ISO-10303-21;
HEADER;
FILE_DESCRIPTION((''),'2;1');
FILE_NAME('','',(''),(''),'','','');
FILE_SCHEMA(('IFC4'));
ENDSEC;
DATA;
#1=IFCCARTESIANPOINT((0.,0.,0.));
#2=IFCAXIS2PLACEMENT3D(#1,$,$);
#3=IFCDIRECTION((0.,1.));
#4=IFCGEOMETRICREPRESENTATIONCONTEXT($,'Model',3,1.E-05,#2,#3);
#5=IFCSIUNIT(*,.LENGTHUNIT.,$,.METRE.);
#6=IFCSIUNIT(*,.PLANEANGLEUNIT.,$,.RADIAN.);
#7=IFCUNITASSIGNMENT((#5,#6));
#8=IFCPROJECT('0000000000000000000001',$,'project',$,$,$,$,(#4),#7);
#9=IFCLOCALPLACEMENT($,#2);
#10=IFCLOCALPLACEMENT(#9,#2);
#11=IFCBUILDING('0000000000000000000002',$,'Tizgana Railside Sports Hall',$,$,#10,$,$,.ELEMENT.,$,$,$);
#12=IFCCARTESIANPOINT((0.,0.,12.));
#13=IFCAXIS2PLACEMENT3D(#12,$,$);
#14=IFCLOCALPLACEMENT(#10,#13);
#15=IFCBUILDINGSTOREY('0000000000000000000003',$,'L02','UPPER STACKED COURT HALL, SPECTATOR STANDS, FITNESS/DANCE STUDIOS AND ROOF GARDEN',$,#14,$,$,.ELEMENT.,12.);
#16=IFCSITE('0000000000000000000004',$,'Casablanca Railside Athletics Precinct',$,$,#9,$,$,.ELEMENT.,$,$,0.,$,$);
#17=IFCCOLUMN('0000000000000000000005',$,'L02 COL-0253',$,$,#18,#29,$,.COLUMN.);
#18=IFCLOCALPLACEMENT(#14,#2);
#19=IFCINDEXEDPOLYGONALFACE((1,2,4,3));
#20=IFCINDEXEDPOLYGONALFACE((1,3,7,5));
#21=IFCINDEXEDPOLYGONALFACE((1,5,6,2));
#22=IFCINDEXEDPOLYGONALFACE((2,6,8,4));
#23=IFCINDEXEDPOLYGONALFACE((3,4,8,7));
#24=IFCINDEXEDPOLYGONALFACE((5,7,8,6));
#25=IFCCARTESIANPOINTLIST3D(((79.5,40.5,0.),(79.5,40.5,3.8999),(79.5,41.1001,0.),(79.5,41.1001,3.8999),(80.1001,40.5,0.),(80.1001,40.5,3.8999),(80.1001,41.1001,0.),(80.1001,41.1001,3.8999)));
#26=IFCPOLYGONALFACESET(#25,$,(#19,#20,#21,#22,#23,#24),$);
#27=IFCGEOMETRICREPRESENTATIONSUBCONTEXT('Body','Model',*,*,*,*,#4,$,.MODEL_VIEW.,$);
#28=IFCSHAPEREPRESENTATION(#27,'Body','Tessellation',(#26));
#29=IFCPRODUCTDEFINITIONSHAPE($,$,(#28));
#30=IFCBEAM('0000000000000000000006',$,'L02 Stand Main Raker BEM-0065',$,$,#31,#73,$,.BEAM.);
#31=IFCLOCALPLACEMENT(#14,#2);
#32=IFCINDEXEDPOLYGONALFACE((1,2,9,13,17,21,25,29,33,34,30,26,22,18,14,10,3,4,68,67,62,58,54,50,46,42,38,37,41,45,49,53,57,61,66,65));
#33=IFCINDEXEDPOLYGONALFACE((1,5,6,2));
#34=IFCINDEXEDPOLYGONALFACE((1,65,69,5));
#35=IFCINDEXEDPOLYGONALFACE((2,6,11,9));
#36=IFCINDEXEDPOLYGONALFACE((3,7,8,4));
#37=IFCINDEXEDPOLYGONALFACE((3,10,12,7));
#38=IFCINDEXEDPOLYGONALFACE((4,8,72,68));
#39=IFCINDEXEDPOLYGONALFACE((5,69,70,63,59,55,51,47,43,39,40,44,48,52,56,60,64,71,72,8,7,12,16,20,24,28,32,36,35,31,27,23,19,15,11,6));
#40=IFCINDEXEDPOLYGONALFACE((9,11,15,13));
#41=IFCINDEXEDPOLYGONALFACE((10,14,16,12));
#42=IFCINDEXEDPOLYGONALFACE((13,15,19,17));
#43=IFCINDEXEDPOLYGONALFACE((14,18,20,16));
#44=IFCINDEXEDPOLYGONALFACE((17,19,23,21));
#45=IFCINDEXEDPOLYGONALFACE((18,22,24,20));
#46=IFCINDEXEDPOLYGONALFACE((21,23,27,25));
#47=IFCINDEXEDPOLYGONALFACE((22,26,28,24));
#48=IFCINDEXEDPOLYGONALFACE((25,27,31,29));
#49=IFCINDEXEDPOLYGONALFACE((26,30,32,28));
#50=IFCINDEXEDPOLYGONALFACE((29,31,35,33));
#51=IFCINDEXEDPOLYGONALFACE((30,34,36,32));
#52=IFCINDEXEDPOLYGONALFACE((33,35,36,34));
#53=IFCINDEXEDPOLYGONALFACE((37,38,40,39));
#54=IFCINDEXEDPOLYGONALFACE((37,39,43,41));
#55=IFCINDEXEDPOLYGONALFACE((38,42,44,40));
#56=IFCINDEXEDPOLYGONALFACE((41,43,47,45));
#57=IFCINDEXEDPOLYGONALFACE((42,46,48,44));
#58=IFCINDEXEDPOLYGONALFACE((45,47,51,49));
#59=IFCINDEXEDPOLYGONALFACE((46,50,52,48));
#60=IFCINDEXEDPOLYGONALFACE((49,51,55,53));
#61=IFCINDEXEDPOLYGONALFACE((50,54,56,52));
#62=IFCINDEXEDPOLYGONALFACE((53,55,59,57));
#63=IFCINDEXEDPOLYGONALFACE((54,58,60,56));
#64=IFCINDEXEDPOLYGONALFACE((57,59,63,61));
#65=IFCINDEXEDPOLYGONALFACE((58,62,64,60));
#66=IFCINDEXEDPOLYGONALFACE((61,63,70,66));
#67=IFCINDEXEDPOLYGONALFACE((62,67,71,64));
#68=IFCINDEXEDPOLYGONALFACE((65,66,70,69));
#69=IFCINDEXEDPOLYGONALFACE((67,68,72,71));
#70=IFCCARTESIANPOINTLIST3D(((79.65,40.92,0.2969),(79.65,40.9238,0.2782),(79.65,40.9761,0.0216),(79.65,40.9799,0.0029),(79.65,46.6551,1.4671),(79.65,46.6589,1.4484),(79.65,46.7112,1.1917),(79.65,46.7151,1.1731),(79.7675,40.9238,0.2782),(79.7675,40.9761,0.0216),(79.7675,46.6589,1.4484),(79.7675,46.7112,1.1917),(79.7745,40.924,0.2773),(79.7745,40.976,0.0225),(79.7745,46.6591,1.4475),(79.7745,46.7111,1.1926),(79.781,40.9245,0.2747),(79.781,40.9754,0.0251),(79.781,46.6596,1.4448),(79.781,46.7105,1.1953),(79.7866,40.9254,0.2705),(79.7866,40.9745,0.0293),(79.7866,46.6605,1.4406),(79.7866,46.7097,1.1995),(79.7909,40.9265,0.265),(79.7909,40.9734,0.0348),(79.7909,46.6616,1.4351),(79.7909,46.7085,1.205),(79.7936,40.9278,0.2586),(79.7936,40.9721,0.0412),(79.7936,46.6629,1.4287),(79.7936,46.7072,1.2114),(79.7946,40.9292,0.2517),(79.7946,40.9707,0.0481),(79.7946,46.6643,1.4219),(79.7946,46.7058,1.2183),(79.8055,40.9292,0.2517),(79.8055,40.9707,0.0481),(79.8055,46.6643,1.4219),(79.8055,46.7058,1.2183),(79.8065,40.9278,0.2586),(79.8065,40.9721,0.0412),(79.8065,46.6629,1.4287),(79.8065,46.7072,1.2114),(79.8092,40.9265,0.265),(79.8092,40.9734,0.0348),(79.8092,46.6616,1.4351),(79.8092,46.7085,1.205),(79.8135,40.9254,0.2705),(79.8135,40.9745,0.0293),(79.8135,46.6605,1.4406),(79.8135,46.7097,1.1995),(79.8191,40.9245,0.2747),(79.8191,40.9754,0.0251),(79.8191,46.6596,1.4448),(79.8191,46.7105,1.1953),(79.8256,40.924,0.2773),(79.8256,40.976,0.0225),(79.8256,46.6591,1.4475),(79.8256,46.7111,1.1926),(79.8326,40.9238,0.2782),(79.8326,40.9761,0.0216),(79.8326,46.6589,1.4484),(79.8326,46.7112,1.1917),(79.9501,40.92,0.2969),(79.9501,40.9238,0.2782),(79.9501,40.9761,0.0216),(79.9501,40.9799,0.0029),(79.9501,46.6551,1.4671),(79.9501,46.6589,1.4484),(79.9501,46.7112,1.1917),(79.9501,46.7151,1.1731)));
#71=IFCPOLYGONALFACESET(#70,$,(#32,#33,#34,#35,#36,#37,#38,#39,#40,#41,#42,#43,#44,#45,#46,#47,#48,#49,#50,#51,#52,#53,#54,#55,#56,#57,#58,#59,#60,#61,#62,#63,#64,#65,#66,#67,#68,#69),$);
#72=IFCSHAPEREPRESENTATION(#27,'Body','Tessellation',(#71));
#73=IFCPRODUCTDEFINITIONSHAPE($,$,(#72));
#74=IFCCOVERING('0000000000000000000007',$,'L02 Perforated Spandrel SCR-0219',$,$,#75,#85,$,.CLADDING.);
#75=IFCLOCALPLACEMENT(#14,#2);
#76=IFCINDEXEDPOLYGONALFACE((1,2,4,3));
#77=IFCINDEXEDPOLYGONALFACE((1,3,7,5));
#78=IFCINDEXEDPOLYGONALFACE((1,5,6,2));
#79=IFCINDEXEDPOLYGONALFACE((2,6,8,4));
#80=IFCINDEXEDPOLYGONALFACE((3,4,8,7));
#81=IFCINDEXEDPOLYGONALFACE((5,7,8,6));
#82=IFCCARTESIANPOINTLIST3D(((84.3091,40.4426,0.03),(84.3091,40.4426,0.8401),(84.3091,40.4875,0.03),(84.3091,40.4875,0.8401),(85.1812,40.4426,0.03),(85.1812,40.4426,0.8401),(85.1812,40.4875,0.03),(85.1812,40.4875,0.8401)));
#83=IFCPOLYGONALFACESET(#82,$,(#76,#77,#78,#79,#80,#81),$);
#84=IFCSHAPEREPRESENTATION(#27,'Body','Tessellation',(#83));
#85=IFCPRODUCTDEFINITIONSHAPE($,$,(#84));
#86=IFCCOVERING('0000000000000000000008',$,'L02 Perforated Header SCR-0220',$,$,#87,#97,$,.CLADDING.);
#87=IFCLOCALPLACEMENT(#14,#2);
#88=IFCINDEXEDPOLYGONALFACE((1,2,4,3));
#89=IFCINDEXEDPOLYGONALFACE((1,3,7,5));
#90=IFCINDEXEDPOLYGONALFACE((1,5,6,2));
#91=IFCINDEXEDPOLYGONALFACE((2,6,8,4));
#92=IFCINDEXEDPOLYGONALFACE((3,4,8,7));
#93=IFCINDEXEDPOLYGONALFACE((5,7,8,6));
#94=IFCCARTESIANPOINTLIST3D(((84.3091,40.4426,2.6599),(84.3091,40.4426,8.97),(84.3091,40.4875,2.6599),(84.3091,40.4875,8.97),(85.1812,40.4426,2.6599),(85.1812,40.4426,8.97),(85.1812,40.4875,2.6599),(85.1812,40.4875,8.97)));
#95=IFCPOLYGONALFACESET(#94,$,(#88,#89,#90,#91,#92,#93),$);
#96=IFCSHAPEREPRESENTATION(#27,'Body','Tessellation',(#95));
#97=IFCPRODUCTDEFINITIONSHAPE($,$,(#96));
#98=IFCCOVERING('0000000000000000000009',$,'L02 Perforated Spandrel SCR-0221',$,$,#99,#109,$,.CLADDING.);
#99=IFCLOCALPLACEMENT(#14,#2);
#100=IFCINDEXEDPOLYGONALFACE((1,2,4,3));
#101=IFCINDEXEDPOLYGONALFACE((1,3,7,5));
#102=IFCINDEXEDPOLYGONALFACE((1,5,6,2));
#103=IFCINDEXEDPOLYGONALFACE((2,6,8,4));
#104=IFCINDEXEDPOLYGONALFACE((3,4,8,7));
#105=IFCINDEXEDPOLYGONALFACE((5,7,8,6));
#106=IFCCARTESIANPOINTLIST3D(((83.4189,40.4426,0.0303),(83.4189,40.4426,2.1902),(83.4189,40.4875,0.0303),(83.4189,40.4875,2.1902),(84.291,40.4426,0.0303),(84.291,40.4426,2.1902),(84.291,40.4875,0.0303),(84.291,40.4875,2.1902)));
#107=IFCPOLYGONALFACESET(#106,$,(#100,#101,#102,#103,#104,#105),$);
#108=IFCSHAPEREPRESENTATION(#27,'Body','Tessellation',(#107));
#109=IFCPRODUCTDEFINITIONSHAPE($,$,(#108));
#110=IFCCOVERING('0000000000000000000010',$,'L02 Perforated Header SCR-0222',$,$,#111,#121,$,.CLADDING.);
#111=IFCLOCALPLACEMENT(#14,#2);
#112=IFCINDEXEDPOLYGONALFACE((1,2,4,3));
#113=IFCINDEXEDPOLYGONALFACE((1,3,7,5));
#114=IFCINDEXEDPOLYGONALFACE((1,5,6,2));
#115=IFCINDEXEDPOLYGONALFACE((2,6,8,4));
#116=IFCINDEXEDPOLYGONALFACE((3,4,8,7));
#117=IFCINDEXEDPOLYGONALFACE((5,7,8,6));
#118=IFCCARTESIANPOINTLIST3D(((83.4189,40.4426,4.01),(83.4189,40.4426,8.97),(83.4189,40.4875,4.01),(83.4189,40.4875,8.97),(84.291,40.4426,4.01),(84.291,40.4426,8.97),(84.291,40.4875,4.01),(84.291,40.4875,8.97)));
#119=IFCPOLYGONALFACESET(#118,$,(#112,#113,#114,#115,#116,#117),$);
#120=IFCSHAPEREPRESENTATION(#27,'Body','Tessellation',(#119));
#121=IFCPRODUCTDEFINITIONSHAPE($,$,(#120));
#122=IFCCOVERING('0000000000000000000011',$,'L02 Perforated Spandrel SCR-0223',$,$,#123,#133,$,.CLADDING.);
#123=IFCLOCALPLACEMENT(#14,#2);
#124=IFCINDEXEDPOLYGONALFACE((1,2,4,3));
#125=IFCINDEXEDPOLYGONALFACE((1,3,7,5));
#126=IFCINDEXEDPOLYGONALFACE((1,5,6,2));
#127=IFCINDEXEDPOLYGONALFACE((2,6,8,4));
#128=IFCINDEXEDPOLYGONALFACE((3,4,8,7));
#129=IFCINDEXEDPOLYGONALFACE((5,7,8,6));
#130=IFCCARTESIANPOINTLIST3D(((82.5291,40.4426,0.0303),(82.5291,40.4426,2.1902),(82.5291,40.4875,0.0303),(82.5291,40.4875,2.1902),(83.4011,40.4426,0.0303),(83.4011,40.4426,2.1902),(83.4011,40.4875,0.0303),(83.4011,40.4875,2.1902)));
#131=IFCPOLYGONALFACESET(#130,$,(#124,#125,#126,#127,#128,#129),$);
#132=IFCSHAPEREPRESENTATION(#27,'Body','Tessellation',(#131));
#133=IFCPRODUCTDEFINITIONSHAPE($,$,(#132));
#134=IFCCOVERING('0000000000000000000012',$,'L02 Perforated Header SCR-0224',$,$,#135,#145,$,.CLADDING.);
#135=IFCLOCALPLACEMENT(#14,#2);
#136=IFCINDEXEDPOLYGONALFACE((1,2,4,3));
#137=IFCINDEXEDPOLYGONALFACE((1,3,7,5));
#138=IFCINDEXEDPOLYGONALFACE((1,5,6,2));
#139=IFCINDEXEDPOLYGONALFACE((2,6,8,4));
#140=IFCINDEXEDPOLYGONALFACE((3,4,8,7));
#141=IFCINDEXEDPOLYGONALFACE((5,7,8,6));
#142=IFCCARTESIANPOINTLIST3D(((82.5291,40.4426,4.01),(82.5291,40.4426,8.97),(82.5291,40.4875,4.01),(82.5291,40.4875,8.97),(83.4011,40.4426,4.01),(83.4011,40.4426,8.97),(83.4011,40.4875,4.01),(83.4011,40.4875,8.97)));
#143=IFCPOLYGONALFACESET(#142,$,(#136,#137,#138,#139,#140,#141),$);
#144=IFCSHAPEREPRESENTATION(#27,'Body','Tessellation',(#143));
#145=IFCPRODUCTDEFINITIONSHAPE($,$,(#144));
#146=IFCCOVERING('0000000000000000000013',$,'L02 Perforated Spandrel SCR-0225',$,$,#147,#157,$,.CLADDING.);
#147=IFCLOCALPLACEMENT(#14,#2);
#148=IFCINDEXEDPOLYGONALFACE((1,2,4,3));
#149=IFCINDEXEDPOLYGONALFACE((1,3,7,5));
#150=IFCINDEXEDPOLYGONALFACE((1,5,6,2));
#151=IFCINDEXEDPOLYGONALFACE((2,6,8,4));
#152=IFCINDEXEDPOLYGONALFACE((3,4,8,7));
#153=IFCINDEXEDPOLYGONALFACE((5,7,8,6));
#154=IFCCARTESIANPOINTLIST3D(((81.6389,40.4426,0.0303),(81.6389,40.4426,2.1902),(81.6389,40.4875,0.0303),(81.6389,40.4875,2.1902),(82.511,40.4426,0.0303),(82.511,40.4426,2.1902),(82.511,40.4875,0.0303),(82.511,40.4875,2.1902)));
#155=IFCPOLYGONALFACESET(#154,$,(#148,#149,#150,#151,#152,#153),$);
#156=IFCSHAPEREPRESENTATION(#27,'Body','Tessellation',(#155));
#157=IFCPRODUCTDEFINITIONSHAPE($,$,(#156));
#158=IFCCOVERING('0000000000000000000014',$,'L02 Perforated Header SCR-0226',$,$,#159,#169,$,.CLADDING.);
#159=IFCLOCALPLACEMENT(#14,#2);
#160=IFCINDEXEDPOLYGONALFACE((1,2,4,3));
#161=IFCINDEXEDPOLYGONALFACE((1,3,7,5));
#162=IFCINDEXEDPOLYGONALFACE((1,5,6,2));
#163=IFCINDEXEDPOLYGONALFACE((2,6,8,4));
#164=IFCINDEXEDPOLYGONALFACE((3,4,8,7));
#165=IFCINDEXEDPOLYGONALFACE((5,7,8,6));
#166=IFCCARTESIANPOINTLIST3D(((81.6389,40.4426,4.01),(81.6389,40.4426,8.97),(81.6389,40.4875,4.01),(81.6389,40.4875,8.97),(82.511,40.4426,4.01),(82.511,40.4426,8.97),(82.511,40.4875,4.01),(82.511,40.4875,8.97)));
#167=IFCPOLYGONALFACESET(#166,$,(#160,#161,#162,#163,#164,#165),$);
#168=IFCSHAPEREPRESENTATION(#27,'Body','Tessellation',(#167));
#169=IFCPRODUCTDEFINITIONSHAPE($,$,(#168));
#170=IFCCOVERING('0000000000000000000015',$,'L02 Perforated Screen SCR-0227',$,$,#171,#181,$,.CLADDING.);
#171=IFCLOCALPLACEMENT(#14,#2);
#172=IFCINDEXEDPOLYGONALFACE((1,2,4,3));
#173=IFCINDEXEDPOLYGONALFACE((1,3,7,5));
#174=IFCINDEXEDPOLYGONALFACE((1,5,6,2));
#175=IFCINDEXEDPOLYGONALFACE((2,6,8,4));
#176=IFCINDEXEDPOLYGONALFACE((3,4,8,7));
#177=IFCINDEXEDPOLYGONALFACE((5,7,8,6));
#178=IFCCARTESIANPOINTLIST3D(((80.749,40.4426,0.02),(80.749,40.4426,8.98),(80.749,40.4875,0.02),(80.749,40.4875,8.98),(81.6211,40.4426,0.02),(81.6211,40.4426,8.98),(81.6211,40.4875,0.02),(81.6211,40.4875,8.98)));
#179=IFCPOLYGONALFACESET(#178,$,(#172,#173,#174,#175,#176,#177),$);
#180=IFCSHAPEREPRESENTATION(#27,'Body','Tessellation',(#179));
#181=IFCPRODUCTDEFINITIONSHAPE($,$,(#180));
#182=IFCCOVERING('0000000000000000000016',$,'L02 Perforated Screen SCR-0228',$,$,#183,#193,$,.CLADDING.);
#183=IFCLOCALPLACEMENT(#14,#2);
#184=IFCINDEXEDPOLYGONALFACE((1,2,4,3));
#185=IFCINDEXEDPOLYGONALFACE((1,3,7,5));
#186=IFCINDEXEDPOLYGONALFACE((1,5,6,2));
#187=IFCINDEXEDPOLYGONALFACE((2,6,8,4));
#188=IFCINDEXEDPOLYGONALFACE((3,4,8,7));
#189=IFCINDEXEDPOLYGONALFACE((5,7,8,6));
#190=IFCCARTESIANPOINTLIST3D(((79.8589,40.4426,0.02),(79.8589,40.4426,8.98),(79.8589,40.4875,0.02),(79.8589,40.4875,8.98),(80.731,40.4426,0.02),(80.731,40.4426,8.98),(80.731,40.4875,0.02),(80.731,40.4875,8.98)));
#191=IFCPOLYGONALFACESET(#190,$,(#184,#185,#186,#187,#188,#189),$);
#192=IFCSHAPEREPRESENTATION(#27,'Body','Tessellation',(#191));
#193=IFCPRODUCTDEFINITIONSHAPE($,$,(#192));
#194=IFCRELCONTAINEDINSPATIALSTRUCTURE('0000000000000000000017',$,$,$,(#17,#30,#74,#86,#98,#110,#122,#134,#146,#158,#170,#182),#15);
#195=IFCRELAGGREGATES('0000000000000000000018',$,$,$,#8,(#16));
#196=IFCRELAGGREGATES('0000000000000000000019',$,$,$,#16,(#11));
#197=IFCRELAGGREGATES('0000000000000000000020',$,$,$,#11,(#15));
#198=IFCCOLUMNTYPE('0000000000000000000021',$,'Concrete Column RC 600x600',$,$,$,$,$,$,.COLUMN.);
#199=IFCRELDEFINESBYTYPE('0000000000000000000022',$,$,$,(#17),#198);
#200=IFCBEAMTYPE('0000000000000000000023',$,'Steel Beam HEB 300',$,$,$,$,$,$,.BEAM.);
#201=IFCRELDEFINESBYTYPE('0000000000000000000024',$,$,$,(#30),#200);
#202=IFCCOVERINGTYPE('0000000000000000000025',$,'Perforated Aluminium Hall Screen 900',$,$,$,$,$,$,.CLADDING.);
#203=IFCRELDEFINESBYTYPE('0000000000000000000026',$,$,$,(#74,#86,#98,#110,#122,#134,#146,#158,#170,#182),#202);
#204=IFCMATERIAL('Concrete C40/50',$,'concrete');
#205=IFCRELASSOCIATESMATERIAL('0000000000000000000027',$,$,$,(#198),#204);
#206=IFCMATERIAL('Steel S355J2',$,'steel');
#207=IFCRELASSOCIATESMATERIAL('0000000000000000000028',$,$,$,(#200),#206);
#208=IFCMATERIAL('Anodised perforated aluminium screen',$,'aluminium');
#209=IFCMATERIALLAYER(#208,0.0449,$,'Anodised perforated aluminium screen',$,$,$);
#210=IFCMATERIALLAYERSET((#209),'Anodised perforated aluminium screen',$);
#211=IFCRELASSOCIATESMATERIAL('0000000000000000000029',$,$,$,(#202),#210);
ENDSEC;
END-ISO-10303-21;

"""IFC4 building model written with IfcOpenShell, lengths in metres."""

from ifc_helpers import new_model, si_unit, direction, frame, origin, origin_2d, place, context, subcontext, project, spatial, rectangle, i_section, extrude, material, layer, layer_set, material_profile, profile_set, type_object, element, save


model = new_model("IFC4")

# Units and contexts
model_context = context("Model", 3, precision=1e-05, world=origin(), true_north=direction((0.0, 1.0)))
body_context = subcontext(model_context, "Body", "Model", "MODEL_VIEW")
ifc_project = project(units=[si_unit("LENGTHUNIT", "METRE"), si_unit("PLANEANGLEUNIT", "RADIAN")], contexts=[model_context])

# Site, building, storey
site_placement = place(None, origin())
site = spatial("IfcSite", under=ifc_project, at=site_placement, Name="Casablanca Railside Athletics Precinct", CompositionType="ELEMENT", RefElevation=0.0)
building_placement = place(site_placement, origin())
building = spatial("IfcBuilding", under=site, at=building_placement, Name="Tizgana Railside Sports Hall", CompositionType="ELEMENT")
storey_placement = place(building_placement, frame((0.0, 0.0, 12.0)))
storey = spatial("IfcBuildingStorey", under=building, at=storey_placement, Name="L02", Description="UPPER STACKED COURT HALL, SPECTATOR STANDS, FITNESS/DANCE STUDIOS AND ROOF GARDEN", CompositionType="ELEMENT", Elevation=12.0)

# Column
ifc_material_1 = material(Name="Concrete C40/50", Category="concrete")
ifc_material_profile_1 = material_profile(ifc_material_1, rectangle(XDim=0.6001, YDim=0.6001, at=origin_2d()), Name="RC 600x600")
ifc_profile_set_1 = profile_set([ifc_material_profile_1], Name="Concrete C40/50")
column_type = type_object("IfcColumnType", Name="Concrete Column RC 600x600", PredefinedType="COLUMN", material=ifc_profile_set_1)
column_placement = place(storey_placement, frame((79.8, 40.8, 0.0), z_axis=(0.0, 0.0, 1.0), x_axis=(1.0, 0.0, 0.0)))
element("IfcColumn", 1, at=column_placement, inside=storey, type_object=column_type, Name="L02 COL-0253", PredefinedType="COLUMN", context=body_context, shape_type="SweptSolid", body=[
    extrude(rectangle(XDim=0.6001, YDim=0.6001, at=origin_2d()), origin(), (0.0, 0.0, 1.0), 3.8999),
])

# Beam
ifc_material_2 = material(Name="Steel S355J2", Category="steel")
ifc_material_profile_2 = material_profile(ifc_material_2, i_section(OverallWidth=0.3, OverallDepth=0.3, WebThickness=0.011, FlangeThickness=0.019, FilletRadius=0.0271, at=origin_2d()), Name="HEB 300")
ifc_profile_set_2 = profile_set([ifc_material_profile_2], Name="Steel S355J2")
beam_type = type_object("IfcBeamType", Name="Steel Beam HEB 300", PredefinedType="BEAM", material=ifc_profile_set_2)
beam_placement = place(storey_placement, frame((79.8, 40.95, 0.1499), z_axis=(0.0, 0.979813, 0.199917), x_axis=(-1.0, 0.0, 0.0)))
element("IfcBeam", 2, at=beam_placement, inside=storey, type_object=beam_type, Name="L02 Stand Main Raker BEM-0065", PredefinedType="BEAM", context=body_context, shape_type="SweptSolid", body=[
    extrude(i_section(OverallWidth=0.3, OverallDepth=0.3, WebThickness=0.011, FlangeThickness=0.019, FilletRadius=0.0271, at=origin_2d()), origin(), (0.0, 0.0, 1.0), 5.8533),
])

# Coverings
ifc_material_3 = material(Name="Anodised perforated aluminium screen", Category="aluminium")
ifc_layer = layer(ifc_material_3, 0.0449, Name="Anodised perforated aluminium screen")
ifc_layer_set = layer_set([ifc_layer], Name="Anodised perforated aluminium screen")
covering_type = type_object("IfcCoveringType", Name="Perforated Aluminium Hall Screen 900", PredefinedType="CLADDING", material=ifc_layer_set)
covering_1_placement = place(storey_placement, frame((84.7451, 40.4651, 0.03), z_axis=(0.0, 0.0, 1.0), x_axis=(-1.0, 0.0, 0.0)))
element("IfcCovering", 3, at=covering_1_placement, inside=storey, type_object=covering_type, Name="L02 Perforated Spandrel SCR-0219", PredefinedType="CLADDING", context=body_context, shape_type="SweptSolid", body=[
    extrude(rectangle(XDim=0.8721, YDim=0.0449, at=origin_2d()), origin(), (0.0, 0.0, 1.0), 0.8101),
])
covering_2_placement = place(storey_placement, frame((84.7451, 40.4651, 2.6599), z_axis=(0.0, 0.0, 1.0), x_axis=(-1.0, 0.0, 0.0)))
element("IfcCovering", 4, at=covering_2_placement, inside=storey, type_object=covering_type, Name="L02 Perforated Header SCR-0220", PredefinedType="CLADDING", context=body_context, shape_type="SweptSolid", body=[
    extrude(rectangle(XDim=0.8721, YDim=0.0449, at=origin_2d()), origin(), (0.0, 0.0, 1.0), 6.3101),
])
covering_3_placement = place(storey_placement, frame((83.855, 40.4651, 0.0303), z_axis=(0.0, 0.0, 1.0), x_axis=(-1.0, 0.0, 0.0)))
element("IfcCovering", 5, at=covering_3_placement, inside=storey, type_object=covering_type, Name="L02 Perforated Spandrel SCR-0221", PredefinedType="CLADDING", context=body_context, shape_type="SweptSolid", body=[
    extrude(rectangle(XDim=0.8721, YDim=0.0449, at=origin_2d()), origin(), (0.0, 0.0, 1.0), 2.1599),
])
covering_4_placement = place(storey_placement, frame((83.855, 40.4651, 4.01), z_axis=(0.0, 0.0, 1.0), x_axis=(-1.0, 0.0, 0.0)))
element("IfcCovering", 6, at=covering_4_placement, inside=storey, type_object=covering_type, Name="L02 Perforated Header SCR-0222", PredefinedType="CLADDING", context=body_context, shape_type="SweptSolid", body=[
    extrude(rectangle(XDim=0.8721, YDim=0.0449, at=origin_2d()), origin(), (0.0, 0.0, 1.0), 4.96),
])
covering_5_placement = place(storey_placement, frame((82.9651, 40.4651, 0.0303), z_axis=(0.0, 0.0, 1.0), x_axis=(-1.0, 0.0, 0.0)))
element("IfcCovering", 7, at=covering_5_placement, inside=storey, type_object=covering_type, Name="L02 Perforated Spandrel SCR-0223", PredefinedType="CLADDING", context=body_context, shape_type="SweptSolid", body=[
    extrude(rectangle(XDim=0.8721, YDim=0.0449, at=origin_2d()), origin(), (0.0, 0.0, 1.0), 2.1599),
])
covering_6_placement = place(storey_placement, frame((82.9651, 40.4651, 4.01), z_axis=(0.0, 0.0, 1.0), x_axis=(-1.0, 0.0, 0.0)))
element("IfcCovering", 8, at=covering_6_placement, inside=storey, type_object=covering_type, Name="L02 Perforated Header SCR-0224", PredefinedType="CLADDING", context=body_context, shape_type="SweptSolid", body=[
    extrude(rectangle(XDim=0.8721, YDim=0.0449, at=origin_2d()), origin(), (0.0, 0.0, 1.0), 4.96),
])
covering_7_placement = place(storey_placement, frame((82.075, 40.4651, 0.0303), z_axis=(0.0, 0.0, 1.0), x_axis=(-1.0, 0.0, 0.0)))
element("IfcCovering", 9, at=covering_7_placement, inside=storey, type_object=covering_type, Name="L02 Perforated Spandrel SCR-0225", PredefinedType="CLADDING", context=body_context, shape_type="SweptSolid", body=[
    extrude(rectangle(XDim=0.8721, YDim=0.0449, at=origin_2d()), origin(), (0.0, 0.0, 1.0), 2.1599),
])
covering_8_placement = place(storey_placement, frame((82.075, 40.4651, 4.01), z_axis=(0.0, 0.0, 1.0), x_axis=(-1.0, 0.0, 0.0)))
element("IfcCovering", 10, at=covering_8_placement, inside=storey, type_object=covering_type, Name="L02 Perforated Header SCR-0226", PredefinedType="CLADDING", context=body_context, shape_type="SweptSolid", body=[
    extrude(rectangle(XDim=0.8721, YDim=0.0449, at=origin_2d()), origin(), (0.0, 0.0, 1.0), 4.96),
])
for number, where, z_axis, x_axis, name in (
    (11, (81.1851, 40.4651, 0.02), (0.0, 0.0, 1.0), (-1.0, 0.0, 0.0), "L02 Perforated Screen SCR-0227"),
    (12, (80.2949, 40.4651, 0.02), (0.0, 0.0, 1.0), (-1.0, 0.0, 0.0), "L02 Perforated Screen SCR-0228"),
):
    element("IfcCovering", number, at=place(storey_placement, frame(where, z_axis=z_axis, x_axis=x_axis)), inside=storey, type_object=covering_type, Name=name, PredefinedType="CLADDING", context=body_context, shape_type="SweptSolid", body=[
        extrude(rectangle(XDim=0.8721, YDim=0.0449, at=origin_2d()), origin(), (0.0, 0.0, 1.0), 8.96),
    ])

save(model, "model.ifc")
